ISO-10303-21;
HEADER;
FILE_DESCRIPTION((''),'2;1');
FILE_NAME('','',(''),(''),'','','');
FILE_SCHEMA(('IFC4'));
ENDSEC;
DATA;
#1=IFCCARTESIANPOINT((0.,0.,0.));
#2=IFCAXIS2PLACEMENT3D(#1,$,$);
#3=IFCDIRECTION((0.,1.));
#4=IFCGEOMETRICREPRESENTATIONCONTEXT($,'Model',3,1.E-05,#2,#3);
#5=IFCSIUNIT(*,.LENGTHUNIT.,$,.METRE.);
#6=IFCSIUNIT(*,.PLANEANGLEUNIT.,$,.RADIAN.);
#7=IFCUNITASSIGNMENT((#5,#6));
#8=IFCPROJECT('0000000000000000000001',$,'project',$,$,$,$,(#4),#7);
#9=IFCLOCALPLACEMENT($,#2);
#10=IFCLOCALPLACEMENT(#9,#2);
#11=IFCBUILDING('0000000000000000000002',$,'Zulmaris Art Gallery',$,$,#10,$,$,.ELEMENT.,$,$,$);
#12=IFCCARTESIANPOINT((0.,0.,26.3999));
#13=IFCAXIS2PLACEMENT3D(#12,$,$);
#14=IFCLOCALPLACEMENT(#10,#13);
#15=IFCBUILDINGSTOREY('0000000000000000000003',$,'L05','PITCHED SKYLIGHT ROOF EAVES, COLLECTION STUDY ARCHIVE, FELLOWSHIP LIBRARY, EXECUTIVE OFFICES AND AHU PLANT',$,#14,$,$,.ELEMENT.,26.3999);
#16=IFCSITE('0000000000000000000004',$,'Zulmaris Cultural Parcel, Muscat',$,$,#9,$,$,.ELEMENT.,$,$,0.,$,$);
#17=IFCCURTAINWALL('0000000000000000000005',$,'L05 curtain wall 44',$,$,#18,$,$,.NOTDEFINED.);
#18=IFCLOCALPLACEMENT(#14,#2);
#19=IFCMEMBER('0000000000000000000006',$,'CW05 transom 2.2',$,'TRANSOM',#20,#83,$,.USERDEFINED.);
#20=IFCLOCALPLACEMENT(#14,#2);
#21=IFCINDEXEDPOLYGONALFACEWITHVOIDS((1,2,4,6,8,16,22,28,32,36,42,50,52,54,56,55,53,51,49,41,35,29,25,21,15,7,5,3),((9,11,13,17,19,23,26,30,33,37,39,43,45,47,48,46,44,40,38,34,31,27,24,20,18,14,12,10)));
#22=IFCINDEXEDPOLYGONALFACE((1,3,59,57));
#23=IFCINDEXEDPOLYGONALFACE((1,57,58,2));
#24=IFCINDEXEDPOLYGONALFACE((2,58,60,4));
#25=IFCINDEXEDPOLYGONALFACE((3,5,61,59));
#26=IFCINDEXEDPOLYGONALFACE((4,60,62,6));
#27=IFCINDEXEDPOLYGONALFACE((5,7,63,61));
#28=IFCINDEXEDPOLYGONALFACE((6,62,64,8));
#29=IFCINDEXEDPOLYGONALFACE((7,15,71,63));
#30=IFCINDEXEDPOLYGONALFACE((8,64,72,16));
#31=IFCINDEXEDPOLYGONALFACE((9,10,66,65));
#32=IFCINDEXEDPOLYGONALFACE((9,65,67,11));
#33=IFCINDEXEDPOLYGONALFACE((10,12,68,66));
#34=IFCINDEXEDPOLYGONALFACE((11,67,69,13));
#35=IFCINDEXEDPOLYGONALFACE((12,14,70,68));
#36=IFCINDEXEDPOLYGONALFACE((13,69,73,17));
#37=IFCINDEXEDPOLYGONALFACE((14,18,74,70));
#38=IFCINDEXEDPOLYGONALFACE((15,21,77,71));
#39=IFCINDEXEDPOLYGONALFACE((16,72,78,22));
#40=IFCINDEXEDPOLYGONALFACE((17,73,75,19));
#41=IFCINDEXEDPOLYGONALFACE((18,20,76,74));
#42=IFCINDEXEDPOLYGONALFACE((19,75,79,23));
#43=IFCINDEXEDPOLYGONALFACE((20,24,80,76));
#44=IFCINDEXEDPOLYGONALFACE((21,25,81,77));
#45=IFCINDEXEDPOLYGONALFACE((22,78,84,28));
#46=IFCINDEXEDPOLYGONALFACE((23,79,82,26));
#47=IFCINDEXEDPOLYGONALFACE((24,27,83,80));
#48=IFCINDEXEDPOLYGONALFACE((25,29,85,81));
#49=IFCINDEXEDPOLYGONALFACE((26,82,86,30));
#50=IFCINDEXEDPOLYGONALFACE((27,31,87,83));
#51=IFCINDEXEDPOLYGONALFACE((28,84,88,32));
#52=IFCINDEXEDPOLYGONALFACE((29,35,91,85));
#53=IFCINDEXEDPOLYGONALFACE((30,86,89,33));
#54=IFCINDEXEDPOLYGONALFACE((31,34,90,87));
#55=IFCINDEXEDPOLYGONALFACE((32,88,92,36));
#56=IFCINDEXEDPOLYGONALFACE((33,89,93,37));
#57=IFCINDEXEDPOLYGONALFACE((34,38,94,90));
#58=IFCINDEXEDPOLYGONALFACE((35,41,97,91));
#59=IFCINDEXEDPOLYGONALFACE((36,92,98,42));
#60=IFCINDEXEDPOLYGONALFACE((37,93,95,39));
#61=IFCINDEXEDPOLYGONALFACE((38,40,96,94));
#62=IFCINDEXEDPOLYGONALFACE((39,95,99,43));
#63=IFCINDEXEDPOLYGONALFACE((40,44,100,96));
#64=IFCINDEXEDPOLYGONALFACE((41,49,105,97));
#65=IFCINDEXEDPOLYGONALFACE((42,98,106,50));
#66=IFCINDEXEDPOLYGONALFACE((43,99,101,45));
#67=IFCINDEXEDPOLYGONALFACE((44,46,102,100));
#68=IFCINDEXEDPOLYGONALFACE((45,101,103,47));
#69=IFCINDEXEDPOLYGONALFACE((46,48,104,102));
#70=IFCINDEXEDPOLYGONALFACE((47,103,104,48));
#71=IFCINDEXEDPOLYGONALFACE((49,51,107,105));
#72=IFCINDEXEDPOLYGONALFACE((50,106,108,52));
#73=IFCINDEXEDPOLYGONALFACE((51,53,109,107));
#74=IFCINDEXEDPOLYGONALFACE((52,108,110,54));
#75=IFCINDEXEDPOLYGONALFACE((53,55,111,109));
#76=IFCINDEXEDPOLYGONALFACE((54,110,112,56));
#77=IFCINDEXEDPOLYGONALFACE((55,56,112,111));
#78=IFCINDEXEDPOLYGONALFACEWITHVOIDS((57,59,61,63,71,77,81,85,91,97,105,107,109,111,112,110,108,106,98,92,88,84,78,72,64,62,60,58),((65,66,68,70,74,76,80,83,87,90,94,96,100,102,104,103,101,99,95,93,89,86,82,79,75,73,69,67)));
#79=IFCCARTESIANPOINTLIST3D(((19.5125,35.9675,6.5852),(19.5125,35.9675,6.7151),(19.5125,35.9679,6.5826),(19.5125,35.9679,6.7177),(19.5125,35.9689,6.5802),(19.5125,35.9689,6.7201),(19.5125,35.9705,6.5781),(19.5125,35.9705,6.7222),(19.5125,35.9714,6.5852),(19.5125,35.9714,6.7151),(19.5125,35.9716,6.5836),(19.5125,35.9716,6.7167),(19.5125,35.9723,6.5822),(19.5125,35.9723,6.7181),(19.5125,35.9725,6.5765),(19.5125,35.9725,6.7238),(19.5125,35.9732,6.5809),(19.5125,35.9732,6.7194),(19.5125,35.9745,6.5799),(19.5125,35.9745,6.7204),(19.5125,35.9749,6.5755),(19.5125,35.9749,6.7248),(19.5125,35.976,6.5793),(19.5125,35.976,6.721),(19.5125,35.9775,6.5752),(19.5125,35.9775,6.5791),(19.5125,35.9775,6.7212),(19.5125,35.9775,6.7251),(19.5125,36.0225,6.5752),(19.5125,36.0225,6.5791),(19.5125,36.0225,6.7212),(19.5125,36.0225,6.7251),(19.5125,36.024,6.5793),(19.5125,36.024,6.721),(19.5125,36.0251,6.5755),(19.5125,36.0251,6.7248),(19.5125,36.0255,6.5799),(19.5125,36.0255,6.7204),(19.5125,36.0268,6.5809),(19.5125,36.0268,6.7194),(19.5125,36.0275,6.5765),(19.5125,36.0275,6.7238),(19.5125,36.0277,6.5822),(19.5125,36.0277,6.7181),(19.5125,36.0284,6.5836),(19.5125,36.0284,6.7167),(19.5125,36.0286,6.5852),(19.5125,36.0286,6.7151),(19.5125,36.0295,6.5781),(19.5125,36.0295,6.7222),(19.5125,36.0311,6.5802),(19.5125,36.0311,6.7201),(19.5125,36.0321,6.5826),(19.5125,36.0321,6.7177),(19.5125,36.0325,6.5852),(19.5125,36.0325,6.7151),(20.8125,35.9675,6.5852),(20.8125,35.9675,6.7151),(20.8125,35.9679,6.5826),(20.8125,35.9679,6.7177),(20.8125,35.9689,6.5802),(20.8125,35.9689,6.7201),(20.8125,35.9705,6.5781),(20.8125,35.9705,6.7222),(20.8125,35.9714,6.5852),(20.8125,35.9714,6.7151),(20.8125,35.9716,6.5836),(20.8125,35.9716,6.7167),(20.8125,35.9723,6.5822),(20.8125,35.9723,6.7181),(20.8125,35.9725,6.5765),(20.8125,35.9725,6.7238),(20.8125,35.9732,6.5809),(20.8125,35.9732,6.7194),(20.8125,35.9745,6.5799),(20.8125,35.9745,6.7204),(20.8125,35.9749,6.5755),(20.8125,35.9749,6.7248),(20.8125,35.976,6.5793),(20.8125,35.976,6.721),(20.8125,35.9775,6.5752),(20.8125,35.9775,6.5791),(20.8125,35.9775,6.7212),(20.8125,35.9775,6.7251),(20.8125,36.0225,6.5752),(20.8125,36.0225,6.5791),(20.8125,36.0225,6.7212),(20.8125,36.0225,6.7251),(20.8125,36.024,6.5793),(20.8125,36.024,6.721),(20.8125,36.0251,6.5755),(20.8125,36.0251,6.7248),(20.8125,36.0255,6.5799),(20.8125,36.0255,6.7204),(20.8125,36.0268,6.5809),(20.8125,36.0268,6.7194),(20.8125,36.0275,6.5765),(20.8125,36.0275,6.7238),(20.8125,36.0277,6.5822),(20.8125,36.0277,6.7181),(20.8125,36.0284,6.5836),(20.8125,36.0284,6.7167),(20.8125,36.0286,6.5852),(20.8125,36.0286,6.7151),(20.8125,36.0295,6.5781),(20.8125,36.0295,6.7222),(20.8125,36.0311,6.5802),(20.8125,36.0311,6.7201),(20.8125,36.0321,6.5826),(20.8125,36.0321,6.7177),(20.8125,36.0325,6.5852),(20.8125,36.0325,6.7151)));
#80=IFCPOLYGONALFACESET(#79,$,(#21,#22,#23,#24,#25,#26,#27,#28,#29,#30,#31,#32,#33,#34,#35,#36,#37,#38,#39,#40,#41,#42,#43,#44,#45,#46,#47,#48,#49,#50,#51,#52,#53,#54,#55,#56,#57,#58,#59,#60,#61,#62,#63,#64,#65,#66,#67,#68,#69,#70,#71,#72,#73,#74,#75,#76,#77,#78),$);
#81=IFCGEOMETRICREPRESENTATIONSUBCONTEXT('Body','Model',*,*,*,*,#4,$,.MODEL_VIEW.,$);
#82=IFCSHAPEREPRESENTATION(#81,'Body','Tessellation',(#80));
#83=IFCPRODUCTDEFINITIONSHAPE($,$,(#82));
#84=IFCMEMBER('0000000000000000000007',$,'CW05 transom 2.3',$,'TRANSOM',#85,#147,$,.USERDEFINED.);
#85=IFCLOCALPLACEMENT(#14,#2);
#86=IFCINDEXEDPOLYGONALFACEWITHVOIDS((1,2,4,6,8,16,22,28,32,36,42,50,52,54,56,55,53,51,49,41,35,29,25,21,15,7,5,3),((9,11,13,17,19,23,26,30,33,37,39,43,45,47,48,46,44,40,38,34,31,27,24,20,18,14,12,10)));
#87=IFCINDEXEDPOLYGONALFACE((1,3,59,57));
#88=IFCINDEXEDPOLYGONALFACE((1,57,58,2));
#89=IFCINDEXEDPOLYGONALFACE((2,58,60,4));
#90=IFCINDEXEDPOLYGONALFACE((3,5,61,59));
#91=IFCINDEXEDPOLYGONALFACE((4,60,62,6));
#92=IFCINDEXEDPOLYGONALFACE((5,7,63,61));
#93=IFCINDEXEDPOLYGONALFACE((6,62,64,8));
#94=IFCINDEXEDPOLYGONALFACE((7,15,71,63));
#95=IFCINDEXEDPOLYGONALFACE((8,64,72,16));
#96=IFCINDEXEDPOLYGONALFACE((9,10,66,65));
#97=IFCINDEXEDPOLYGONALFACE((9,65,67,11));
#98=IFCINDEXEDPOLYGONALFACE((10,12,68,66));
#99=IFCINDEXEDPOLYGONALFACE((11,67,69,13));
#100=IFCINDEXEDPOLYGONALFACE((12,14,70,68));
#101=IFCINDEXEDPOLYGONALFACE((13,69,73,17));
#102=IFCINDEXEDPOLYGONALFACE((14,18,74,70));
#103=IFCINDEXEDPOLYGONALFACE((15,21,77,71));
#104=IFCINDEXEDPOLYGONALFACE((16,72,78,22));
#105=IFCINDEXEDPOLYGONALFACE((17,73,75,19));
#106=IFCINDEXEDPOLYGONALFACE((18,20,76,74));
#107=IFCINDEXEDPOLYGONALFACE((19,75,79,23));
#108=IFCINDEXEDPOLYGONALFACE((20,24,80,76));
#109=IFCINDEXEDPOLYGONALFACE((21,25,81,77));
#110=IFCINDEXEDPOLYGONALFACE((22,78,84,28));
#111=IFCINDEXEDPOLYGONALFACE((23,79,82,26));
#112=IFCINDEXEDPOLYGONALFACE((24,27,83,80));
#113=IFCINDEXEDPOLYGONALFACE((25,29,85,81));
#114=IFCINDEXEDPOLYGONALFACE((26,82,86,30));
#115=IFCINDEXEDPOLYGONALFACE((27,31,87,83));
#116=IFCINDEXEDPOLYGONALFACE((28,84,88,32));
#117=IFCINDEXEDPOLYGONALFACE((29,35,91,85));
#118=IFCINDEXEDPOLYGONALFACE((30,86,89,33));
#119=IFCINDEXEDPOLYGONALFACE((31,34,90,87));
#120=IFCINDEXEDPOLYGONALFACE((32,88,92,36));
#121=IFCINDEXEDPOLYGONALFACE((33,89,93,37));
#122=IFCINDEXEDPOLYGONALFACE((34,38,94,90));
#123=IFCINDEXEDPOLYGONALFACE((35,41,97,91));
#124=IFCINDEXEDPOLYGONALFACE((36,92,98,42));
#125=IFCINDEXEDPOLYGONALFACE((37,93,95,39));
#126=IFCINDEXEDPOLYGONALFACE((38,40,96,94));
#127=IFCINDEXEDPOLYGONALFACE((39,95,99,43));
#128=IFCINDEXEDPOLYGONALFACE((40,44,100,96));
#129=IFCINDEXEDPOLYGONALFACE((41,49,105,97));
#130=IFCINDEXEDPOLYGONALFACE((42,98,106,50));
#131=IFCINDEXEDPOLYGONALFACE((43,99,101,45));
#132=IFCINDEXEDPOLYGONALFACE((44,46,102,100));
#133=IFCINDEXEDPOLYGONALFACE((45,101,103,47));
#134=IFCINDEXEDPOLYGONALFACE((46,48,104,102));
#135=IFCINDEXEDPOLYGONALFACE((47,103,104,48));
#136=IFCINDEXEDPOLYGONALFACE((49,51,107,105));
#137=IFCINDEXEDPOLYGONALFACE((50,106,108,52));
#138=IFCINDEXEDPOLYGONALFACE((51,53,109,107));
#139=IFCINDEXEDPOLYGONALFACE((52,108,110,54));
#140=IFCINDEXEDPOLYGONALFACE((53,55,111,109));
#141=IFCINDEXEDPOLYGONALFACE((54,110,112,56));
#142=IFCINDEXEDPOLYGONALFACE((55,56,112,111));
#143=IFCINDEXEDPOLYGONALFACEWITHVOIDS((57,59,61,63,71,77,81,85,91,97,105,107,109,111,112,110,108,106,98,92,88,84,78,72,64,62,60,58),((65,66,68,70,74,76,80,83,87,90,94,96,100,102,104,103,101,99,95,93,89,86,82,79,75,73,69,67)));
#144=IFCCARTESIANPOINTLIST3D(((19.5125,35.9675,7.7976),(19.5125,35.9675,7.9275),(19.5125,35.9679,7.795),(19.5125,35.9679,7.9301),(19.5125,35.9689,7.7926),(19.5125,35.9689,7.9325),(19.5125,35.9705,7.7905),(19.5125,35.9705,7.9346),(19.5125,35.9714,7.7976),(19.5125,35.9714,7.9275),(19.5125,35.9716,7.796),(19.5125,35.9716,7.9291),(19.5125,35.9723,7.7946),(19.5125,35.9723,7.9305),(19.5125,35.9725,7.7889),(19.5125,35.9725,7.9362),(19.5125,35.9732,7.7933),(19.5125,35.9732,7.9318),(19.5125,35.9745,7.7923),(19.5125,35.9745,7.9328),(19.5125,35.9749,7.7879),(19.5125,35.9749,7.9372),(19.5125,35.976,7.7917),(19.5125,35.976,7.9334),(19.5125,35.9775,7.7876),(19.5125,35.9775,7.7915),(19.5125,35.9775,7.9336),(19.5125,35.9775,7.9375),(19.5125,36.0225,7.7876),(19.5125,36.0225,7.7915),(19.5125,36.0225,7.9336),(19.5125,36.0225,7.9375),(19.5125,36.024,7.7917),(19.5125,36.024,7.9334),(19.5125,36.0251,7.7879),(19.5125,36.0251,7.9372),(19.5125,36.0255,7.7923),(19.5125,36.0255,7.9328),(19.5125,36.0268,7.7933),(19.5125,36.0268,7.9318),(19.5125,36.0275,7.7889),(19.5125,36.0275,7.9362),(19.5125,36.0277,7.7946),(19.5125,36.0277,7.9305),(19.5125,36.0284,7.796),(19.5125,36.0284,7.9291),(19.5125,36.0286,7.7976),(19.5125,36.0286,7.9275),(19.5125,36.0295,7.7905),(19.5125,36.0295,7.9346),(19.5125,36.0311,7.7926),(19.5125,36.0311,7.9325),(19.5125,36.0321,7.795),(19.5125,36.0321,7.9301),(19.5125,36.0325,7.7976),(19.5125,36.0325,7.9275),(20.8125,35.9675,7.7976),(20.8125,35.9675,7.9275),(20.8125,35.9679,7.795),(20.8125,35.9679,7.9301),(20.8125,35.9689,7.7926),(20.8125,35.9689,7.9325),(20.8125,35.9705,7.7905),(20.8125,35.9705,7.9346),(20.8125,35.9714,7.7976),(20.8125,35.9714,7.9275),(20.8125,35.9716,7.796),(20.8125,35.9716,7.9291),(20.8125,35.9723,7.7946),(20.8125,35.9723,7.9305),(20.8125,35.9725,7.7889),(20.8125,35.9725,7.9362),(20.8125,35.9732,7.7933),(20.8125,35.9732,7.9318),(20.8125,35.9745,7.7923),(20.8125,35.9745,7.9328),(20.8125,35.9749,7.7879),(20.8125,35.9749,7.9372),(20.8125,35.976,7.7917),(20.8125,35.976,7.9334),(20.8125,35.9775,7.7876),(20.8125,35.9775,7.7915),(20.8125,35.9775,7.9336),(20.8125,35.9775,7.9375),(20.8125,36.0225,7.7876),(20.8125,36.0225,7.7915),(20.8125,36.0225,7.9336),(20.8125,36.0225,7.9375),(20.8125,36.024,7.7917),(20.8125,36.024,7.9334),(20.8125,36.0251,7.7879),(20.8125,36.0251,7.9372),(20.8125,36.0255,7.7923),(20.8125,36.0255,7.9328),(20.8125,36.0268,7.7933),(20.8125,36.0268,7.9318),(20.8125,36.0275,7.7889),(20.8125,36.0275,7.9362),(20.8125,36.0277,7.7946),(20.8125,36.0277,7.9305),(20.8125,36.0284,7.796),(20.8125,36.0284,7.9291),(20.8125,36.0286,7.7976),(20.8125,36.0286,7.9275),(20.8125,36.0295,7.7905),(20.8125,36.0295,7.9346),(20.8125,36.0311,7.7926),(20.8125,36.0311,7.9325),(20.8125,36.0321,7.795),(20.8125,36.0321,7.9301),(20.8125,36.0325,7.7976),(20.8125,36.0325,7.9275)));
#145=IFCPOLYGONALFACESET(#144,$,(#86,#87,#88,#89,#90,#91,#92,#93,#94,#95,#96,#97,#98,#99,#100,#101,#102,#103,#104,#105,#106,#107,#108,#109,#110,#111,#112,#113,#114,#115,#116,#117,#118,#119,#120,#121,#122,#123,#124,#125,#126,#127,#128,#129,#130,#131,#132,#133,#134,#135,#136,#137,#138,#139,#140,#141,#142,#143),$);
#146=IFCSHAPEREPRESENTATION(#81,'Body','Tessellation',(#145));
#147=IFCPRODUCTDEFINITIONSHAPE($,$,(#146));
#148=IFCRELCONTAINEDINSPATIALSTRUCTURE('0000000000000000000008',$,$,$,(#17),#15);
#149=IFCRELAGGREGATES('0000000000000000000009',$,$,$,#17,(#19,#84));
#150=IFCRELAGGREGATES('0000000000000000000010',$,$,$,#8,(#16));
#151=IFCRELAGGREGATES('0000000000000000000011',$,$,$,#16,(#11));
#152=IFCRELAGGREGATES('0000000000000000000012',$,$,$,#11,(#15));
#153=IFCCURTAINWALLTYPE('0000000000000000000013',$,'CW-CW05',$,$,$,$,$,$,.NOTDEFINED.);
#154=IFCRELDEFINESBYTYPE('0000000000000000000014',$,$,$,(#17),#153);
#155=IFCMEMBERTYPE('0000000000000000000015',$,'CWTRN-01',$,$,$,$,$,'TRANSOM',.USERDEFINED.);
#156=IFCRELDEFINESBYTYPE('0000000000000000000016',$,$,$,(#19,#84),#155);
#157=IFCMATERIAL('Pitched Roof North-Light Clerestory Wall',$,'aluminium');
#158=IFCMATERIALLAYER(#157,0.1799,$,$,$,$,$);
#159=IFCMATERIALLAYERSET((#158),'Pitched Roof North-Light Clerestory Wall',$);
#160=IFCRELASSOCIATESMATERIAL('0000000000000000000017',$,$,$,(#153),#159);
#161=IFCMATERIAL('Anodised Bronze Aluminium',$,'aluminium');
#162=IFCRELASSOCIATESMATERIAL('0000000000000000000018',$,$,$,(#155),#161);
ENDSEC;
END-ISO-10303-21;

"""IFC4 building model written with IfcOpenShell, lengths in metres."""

from ifc_helpers import new_model, si_unit, direction, frame, origin, origin_2d, place, context, subcontext, project, spatial, hollow_rectangle, extrude, material, layer, layer_set, material_profile, profile_set, type_object, element, aggregate, save


model = new_model("IFC4")

# Units and contexts
model_context = context("Model", 3, precision=1e-05, world=origin(), true_north=direction((0.0, 1.0)))
body_context = subcontext(model_context, "Body", "Model", "MODEL_VIEW")
ifc_project = project(units=[si_unit("LENGTHUNIT", "METRE"), si_unit("PLANEANGLEUNIT", "RADIAN")], contexts=[model_context])

# Site, building, storey
site_placement = place(None, origin())
site = spatial("IfcSite", under=ifc_project, at=site_placement, Name="Zulmaris Cultural Parcel, Muscat", CompositionType="ELEMENT", RefElevation=0.0)
building_placement = place(site_placement, origin())
building = spatial("IfcBuilding", under=site, at=building_placement, Name="Zulmaris Art Gallery", CompositionType="ELEMENT")
storey_placement = place(building_placement, frame((0.0, 0.0, 26.3999)))
storey = spatial("IfcBuildingStorey", under=building, at=storey_placement, Name="L05", Description="PITCHED SKYLIGHT ROOF EAVES, COLLECTION STUDY ARCHIVE, FELLOWSHIP LIBRARY, EXECUTIVE OFFICES AND AHU PLANT", CompositionType="ELEMENT", Elevation=26.3999)

# Curtain wall
ifc_material_1 = material(Name="Pitched Roof North-Light Clerestory Wall", Category="aluminium")
ifc_layer_1 = layer(ifc_material_1, 0.1799)
ifc_layer_set_1 = layer_set([ifc_layer_1], Name="Pitched Roof North-Light Clerestory Wall")
curtain_wall_type = type_object("IfcCurtainWallType", Name="CW-CW05", PredefinedType="NOTDEFINED", material=ifc_layer_set_1)
curtain_wall_1_placement = place(storey_placement, origin())
curtain_wall_1 = element("IfcCurtainWall", 1, at=curtain_wall_1_placement, inside=storey, type_object=curtain_wall_type, Name="L05 curtain wall 44", PredefinedType="NOTDEFINED")
ifc_material_2 = material(Name="Anodised Bronze Aluminium", Category="aluminium")

# Members
ifc_material_profile_1 = material_profile(ifc_material_2, hollow_rectangle(XDim=0.0649, YDim=0.1499, WallThickness=0.0039, InnerFilletRadius=0.0061, OuterFilletRadius=0.01, at=origin_2d()), Name="ALU 65x150x4")
ifc_profile_set_1 = profile_set([ifc_material_profile_1], Name="Anodised Bronze Aluminium")
member_type_1 = type_object("IfcMemberType", Name="CWTRN-01", ElementType="TRANSOM", PredefinedType="USERDEFINED", material=ifc_profile_set_1)
member_1_placement = place(storey_placement, frame((19.5125, 36.0, 6.6501), z_axis=(1.0, 0.0, 0.0), x_axis=(0.0, 1.0, 0.0)))
member_1 = element("IfcMember", 2, at=member_1_placement, type_object=member_type_1, Name="CW05 transom 2.2", ObjectType="TRANSOM", PredefinedType="USERDEFINED", context=body_context, shape_type="SweptSolid", body=[
    extrude(hollow_rectangle(XDim=0.0649, YDim=0.1499, WallThickness=0.0039, InnerFilletRadius=0.0061, OuterFilletRadius=0.01, at=origin_2d()), origin(), (0.0, 0.0, 1.0), 1.3),
])
member_2_placement = place(storey_placement, frame((19.5125, 36.0, 7.8625), z_axis=(1.0, 0.0, 0.0), x_axis=(0.0, 1.0, 0.0)))
member_2 = element("IfcMember", 3, at=member_2_placement, type_object=member_type_1, Name="CW05 transom 2.3", ObjectType="TRANSOM", PredefinedType="USERDEFINED", context=body_context, shape_type="SweptSolid", body=[
    extrude(hollow_rectangle(XDim=0.0649, YDim=0.1499, WallThickness=0.0039, InnerFilletRadius=0.0061, OuterFilletRadius=0.01, at=origin_2d()), origin(), (0.0, 0.0, 1.0), 1.3),
])

aggregate(curtain_wall_1, [member_1, member_2])

save(model, "model.ifc")
